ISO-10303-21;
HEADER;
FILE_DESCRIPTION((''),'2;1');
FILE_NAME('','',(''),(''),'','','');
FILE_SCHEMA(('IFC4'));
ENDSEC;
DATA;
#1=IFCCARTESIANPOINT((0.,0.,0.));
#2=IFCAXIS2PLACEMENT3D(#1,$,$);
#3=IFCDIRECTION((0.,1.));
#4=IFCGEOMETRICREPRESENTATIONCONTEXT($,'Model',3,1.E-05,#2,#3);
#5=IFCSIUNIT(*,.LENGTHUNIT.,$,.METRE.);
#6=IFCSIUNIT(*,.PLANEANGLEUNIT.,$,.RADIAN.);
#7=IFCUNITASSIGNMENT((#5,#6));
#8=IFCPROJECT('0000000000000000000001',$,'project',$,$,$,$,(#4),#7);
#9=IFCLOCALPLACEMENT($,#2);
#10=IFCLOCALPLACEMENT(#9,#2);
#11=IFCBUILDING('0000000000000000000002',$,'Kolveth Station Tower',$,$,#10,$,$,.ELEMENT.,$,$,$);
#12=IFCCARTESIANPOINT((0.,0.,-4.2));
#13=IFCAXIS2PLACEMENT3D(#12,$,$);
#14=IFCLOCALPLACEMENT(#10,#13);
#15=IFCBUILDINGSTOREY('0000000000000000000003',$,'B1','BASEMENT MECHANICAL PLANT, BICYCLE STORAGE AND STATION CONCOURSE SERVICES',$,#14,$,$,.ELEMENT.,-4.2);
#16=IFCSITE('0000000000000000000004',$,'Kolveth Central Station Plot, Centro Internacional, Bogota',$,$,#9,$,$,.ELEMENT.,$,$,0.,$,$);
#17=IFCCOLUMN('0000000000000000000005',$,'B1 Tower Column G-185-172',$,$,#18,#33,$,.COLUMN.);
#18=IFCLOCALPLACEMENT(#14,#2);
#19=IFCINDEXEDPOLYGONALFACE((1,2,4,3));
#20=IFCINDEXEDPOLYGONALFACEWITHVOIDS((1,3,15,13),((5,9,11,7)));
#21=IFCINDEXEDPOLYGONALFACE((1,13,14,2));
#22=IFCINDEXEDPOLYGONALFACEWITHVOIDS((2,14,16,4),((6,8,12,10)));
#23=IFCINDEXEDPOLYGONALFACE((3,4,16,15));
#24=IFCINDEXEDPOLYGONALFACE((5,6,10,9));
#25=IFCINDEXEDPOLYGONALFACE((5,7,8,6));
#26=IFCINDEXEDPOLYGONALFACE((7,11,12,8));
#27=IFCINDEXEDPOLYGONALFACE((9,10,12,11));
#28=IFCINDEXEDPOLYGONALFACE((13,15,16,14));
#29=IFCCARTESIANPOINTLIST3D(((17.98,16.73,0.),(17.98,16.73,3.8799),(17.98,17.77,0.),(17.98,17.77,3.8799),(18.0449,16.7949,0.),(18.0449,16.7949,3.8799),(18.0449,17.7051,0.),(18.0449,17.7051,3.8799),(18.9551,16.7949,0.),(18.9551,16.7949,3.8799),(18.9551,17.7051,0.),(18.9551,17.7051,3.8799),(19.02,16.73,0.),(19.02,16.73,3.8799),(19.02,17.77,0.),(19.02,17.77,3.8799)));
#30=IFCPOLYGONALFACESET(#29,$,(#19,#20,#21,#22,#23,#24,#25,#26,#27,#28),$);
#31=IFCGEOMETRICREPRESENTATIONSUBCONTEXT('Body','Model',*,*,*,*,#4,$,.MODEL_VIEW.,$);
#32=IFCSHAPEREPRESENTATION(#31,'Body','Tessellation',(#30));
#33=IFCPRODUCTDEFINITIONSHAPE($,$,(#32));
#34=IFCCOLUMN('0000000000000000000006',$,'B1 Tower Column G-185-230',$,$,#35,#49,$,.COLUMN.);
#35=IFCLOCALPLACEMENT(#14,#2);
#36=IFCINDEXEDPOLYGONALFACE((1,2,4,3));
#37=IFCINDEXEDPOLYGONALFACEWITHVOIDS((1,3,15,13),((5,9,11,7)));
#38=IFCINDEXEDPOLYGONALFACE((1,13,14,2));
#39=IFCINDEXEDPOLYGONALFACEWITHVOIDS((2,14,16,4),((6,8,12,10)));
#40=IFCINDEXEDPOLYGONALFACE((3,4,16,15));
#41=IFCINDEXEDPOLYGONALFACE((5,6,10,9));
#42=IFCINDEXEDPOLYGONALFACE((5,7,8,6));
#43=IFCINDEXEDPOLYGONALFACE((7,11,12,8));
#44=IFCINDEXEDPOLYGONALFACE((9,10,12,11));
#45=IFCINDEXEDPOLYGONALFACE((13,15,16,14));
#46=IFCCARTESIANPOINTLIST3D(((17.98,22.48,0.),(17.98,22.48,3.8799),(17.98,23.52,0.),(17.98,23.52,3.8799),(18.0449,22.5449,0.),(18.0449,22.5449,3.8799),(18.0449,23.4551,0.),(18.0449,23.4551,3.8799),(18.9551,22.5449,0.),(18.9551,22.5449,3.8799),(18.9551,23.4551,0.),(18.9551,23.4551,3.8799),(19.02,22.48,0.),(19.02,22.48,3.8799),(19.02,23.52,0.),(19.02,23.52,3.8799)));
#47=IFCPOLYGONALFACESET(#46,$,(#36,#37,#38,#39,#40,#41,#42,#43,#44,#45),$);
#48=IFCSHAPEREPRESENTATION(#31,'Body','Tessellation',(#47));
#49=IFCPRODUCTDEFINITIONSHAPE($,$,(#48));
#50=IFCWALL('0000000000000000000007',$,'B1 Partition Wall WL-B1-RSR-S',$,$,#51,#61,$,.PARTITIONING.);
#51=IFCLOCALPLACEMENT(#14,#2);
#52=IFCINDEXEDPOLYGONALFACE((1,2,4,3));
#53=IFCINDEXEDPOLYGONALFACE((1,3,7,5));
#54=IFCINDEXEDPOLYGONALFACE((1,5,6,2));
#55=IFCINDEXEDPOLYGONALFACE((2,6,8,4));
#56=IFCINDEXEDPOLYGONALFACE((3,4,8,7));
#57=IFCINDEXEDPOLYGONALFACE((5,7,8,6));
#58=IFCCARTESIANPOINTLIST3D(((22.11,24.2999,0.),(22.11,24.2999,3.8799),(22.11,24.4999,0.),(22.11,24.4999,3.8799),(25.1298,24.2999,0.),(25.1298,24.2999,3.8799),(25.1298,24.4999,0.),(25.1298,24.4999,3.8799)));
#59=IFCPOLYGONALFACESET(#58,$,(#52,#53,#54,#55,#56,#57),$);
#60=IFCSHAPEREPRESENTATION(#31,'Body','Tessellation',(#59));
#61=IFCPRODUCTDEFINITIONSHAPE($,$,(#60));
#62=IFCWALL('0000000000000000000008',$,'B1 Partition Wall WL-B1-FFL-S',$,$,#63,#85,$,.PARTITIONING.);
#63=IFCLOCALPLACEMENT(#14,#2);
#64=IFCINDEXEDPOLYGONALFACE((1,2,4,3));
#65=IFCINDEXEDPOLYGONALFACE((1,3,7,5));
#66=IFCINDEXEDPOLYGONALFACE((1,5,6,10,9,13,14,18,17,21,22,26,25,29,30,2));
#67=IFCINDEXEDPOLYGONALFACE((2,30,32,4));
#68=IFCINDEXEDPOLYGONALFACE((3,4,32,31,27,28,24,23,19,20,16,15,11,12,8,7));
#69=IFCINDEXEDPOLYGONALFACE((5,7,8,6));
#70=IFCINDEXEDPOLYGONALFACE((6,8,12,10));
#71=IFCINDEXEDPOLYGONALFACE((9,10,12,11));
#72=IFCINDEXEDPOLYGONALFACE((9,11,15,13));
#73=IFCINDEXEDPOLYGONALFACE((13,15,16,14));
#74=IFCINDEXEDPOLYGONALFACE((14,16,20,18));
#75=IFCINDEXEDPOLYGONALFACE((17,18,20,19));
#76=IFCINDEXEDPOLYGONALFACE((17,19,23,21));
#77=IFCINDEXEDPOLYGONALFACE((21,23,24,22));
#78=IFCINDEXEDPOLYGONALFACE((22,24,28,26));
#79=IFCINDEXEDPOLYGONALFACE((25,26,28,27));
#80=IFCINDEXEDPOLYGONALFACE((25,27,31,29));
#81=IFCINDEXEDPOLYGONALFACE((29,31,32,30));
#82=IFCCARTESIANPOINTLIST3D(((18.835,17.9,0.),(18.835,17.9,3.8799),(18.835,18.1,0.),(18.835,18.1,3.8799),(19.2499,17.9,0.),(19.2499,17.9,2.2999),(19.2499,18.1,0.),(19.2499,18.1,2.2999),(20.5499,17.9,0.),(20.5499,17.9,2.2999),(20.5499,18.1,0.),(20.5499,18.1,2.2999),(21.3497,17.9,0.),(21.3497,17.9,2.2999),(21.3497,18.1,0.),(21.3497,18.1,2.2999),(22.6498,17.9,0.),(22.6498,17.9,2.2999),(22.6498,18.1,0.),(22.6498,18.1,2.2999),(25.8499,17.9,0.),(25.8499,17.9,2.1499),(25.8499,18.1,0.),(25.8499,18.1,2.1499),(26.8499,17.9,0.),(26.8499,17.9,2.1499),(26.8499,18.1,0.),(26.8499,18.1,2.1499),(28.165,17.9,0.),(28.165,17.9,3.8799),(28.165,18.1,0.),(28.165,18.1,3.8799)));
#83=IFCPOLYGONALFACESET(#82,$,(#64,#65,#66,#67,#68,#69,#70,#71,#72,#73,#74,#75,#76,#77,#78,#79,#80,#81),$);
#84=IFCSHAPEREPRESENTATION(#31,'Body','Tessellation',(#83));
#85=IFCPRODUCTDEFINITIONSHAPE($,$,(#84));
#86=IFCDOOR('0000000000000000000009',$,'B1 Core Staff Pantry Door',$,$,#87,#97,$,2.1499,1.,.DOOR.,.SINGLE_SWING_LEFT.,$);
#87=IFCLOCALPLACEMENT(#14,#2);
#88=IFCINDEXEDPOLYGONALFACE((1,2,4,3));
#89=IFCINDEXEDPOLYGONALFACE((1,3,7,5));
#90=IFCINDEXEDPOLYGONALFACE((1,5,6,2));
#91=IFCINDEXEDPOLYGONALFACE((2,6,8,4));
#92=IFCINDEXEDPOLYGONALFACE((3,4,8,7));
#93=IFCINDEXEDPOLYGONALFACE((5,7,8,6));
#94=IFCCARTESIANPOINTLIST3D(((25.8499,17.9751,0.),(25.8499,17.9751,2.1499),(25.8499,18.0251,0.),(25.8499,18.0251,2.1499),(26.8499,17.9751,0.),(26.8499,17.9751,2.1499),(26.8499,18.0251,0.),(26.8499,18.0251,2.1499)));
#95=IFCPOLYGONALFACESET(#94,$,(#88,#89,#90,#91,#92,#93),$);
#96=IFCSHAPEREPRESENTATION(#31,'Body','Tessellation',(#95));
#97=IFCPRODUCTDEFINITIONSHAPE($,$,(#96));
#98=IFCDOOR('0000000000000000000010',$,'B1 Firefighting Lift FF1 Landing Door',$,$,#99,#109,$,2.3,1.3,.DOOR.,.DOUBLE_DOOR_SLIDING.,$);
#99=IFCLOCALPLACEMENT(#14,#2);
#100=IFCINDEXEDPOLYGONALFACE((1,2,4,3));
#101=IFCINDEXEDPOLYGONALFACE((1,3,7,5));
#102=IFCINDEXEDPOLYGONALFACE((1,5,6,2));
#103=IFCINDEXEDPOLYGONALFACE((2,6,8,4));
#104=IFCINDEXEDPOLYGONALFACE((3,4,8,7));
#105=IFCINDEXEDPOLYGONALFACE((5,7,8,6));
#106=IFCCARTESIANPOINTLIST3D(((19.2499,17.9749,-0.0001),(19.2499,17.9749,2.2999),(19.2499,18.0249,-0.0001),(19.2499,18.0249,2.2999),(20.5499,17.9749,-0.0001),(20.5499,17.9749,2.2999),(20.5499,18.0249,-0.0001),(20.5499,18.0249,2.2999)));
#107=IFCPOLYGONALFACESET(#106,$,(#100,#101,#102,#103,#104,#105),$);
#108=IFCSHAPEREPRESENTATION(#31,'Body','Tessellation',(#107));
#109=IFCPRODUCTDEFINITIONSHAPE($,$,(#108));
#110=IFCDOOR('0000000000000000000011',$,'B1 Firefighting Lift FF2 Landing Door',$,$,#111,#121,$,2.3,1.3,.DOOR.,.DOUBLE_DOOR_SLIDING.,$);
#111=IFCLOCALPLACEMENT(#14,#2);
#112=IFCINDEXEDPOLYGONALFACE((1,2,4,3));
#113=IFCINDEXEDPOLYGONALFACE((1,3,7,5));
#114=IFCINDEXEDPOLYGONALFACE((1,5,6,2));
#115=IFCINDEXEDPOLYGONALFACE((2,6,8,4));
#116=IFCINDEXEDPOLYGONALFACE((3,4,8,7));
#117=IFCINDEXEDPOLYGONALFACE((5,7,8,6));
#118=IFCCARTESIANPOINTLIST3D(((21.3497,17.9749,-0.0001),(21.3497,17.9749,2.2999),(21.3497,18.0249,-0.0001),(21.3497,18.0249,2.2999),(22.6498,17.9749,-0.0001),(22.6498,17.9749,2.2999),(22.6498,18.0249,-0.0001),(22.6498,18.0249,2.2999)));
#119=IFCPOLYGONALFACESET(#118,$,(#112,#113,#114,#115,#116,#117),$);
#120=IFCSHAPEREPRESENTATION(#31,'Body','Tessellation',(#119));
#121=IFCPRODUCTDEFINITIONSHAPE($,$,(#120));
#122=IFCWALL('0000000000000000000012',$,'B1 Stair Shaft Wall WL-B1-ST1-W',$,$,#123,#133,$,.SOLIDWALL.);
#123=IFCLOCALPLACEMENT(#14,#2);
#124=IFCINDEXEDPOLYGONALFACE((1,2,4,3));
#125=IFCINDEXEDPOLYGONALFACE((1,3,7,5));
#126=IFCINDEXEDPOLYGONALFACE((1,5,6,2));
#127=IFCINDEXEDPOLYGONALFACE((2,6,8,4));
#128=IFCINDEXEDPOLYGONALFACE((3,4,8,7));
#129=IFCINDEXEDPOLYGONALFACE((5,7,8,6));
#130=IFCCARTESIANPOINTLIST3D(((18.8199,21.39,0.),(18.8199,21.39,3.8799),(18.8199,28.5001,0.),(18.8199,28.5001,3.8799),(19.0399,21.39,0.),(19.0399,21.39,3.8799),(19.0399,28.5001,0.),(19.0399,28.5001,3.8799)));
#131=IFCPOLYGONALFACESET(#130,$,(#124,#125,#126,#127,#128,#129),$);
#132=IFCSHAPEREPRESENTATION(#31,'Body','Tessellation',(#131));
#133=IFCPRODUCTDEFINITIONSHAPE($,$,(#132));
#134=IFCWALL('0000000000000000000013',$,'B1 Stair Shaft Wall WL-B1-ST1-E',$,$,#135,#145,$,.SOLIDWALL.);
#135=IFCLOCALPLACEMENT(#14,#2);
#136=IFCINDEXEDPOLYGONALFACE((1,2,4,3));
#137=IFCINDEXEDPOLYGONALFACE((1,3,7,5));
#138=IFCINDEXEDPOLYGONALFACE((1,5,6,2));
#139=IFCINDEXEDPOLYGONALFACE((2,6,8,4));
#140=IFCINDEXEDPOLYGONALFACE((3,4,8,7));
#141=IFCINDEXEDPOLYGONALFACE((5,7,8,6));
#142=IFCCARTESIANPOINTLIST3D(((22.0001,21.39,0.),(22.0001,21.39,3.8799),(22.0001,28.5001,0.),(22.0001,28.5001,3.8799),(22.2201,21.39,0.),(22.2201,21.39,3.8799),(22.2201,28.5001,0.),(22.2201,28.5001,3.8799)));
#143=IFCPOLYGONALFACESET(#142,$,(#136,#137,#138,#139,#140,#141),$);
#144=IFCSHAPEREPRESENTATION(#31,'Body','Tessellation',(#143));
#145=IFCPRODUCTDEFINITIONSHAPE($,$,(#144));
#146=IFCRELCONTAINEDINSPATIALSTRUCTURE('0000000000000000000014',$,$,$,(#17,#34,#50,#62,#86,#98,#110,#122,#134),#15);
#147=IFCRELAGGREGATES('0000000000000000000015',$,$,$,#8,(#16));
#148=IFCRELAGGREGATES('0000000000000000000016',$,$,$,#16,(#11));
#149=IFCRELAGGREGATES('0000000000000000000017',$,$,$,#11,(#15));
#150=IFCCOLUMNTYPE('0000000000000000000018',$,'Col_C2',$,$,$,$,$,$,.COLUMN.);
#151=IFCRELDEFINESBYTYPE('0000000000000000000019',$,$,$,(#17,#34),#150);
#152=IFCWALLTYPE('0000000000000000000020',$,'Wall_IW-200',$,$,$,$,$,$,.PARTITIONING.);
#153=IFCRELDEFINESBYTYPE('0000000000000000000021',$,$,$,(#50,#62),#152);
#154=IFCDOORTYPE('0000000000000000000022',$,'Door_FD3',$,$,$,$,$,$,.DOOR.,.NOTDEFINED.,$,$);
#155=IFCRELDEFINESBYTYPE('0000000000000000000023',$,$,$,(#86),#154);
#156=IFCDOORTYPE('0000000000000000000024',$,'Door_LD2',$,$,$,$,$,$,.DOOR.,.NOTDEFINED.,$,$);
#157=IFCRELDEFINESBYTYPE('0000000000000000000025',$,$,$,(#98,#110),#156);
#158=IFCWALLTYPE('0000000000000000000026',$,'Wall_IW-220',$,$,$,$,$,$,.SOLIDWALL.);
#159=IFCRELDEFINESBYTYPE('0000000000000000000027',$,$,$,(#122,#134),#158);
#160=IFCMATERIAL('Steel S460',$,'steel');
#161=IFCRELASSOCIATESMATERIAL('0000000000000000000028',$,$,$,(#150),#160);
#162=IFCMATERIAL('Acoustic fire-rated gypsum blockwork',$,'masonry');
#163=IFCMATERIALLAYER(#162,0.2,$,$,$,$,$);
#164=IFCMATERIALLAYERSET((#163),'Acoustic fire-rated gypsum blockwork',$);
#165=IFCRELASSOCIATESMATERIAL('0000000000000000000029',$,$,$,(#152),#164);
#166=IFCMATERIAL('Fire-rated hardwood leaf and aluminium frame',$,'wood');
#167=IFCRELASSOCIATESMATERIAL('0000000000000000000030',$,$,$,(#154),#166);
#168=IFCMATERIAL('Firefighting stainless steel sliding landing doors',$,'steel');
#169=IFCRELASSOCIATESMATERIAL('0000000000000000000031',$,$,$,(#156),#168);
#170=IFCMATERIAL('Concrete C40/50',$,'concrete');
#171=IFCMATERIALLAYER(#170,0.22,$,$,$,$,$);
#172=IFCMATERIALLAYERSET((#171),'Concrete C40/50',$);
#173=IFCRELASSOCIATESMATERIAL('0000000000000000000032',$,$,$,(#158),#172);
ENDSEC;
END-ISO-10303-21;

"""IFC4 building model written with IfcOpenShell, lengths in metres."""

from ifc_helpers import new_model, si_unit, direction, frame, frame_2d, origin, origin_2d, place, context, subcontext, project, spatial, rectangle, hollow_rectangle, extrude, source, transform, mapped, material, layer, layer_set, material_profile, profile_set, type_object, element, fill, save


model = new_model("IFC4")

# Units and contexts
model_context = context("Model", 3, precision=1e-05, world=origin(), true_north=direction((0.0, 1.0)))
body_context = subcontext(model_context, "Body", "Model", "MODEL_VIEW")
ifc_project = project(units=[si_unit("LENGTHUNIT", "METRE"), si_unit("PLANEANGLEUNIT", "RADIAN")], contexts=[model_context])

# Site, building, storey
site_placement = place(None, origin())
site = spatial("IfcSite", under=ifc_project, at=site_placement, Name="Kolveth Central Station Plot, Centro Internacional, Bogota", CompositionType="ELEMENT", RefElevation=0.0)
building_placement = place(site_placement, origin())
building = spatial("IfcBuilding", under=site, at=building_placement, Name="Kolveth Station Tower", CompositionType="ELEMENT")
storey_placement = place(building_placement, frame((0.0, 0.0, -4.2)))
storey = spatial("IfcBuildingStorey", under=building, at=storey_placement, Name="B1", Description="BASEMENT MECHANICAL PLANT, BICYCLE STORAGE AND STATION CONCOURSE SERVICES", CompositionType="ELEMENT", Elevation=-4.2)

# Columns
ifc_material_1 = material(Name="Steel S460", Category="steel")
ifc_material_profile = material_profile(ifc_material_1, hollow_rectangle(XDim=1.04, YDim=1.04, WallThickness=0.0649, at=origin_2d()), Name="BOX1040x1040x65")
ifc_profile_set = profile_set([ifc_material_profile], Name="Steel S460")
column_type = type_object("IfcColumnType", Name="Col_C2", PredefinedType="COLUMN", material=ifc_profile_set)
shared_shape = source(origin(), body_context, "Body", "SweptSolid", [
    extrude(hollow_rectangle(XDim=1.04, YDim=1.04, WallThickness=0.0649, at=origin_2d()), origin(), (0.0, 0.0, 1.0), 3.8799),
])
for number, where, z_axis, x_axis, name in (
    (1, (18.5, 17.25, 0.0), (0.0, 0.0, 1.0), (1.0, 0.0, 0.0), "B1 Tower Column G-185-172"),
    (2, (18.5, 23.0, 0.0), (0.0, 0.0, 1.0), (1.0, 0.0, 0.0), "B1 Tower Column G-185-230"),
):
    element("IfcColumn", number, at=place(storey_placement, frame(where, z_axis=z_axis, x_axis=x_axis)), inside=storey, type_object=column_type, Name=name, PredefinedType="COLUMN", context=body_context, shape_type="MappedRepresentation", body=[
        mapped(shared_shape, transform((0.0, 0.0, 0.0), x_axis=(1.0, 0.0, 0.0), y_axis=(0.0, 1.0, 0.0), z_axis=(0.0, 0.0, 1.0), scale=1.0)),
    ])

# Wall
ifc_material_2 = material(Name="Acoustic fire-rated gypsum blockwork", Category="masonry")
ifc_layer_1 = layer(ifc_material_2, 0.2)
ifc_layer_set_1 = layer_set([ifc_layer_1], Name="Acoustic fire-rated gypsum blockwork")
wall_type_1 = type_object("IfcWallType", Name="Wall_IW-200", PredefinedType="PARTITIONING", material=ifc_layer_set_1)
wall_1_placement = place(storey_placement, frame((22.1101, 24.3999, 0.0), z_axis=(0.0, 0.0, 1.0), x_axis=(1.0, 0.0, 0.0)))
element("IfcWall", 3, at=wall_1_placement, inside=storey, type_object=wall_type_1, Name="B1 Partition Wall WL-B1-RSR-S", PredefinedType="PARTITIONING", context=body_context, shape_type="SweptSolid", body=[
    extrude(rectangle(XDim=3.0198, YDim=0.2, at=frame_2d((1.5098, 0.0))), origin(), (0.0, 0.0, 1.0), 3.8799),
])

# Wall, openings, doors
wall_2_placement = place(storey_placement, frame((18.835, 18.0, 0.0), z_axis=(0.0, 0.0, 1.0), x_axis=(1.0, 0.0, 0.0)))
wall_2 = element("IfcWall", 4, at=wall_2_placement, inside=storey, type_object=wall_type_1, Name="B1 Partition Wall WL-B1-FFL-S", PredefinedType="PARTITIONING", context=body_context, shape_type="SweptSolid", body=[
    extrude(rectangle(XDim=9.3301, YDim=0.2, at=frame_2d((4.665, 0.0))), origin(), (0.0, 0.0, 1.0), 3.8799),
])
opening_1_placement = place(wall_2_placement, frame((0.415, 0.0, 0.0)))
opening_1 = element("IfcOpeningElement", 5, at=opening_1_placement, cuts=wall_2, PredefinedType="OPENING", context=body_context, shape_type="SweptSolid", body=[
    extrude(rectangle(XDim=1.3, YDim=2.3, at=frame_2d((0.6499, 1.1499))), frame((0.0, 0.1099, 0.0), z_axis=(0.0, -1.0, 0.0), x_axis=(1.0, 0.0, 0.0)), (0.0, 0.0, 1.0), 0.22),
])
opening_2_placement = place(wall_2_placement, frame((2.5149, 0.0, 0.0)))
opening_2 = element("IfcOpeningElement", 6, at=opening_2_placement, cuts=wall_2, PredefinedType="OPENING", context=body_context, shape_type="SweptSolid", body=[
    extrude(rectangle(XDim=1.3, YDim=2.3, at=frame_2d((0.6499, 1.1499))), frame((0.0, 0.1099, 0.0), z_axis=(0.0, -1.0, 0.0), x_axis=(1.0, 0.0, 0.0)), (0.0, 0.0, 1.0), 0.22),
])
opening_3_placement = place(wall_2_placement, frame((7.0149, 0.0, 0.0)))
opening_3 = element("IfcOpeningElement", 7, at=opening_3_placement, cuts=wall_2, PredefinedType="OPENING", context=body_context, shape_type="SweptSolid", body=[
    extrude(rectangle(XDim=1.0, YDim=2.1499, at=frame_2d((0.5, 1.075))), frame((0.0, 0.1099, 0.0), z_axis=(0.0, -1.0, 0.0), x_axis=(1.0, 0.0, 0.0)), (0.0, 0.0, 1.0), 0.22),
])
ifc_material_3 = material(Name="Fire-rated hardwood leaf and aluminium frame", Category="wood")
door_type_1 = type_object("IfcDoorType", Name="Door_FD3", OperationType="NOTDEFINED", PredefinedType="DOOR", material=ifc_material_3)
door_1_placement = place(opening_3_placement, frame((1.0, 0.0, 0.0), z_axis=(0.0, 0.0, 1.0), x_axis=(-1.0, 0.0, 0.0)))
door_1 = element("IfcDoor", 8, at=door_1_placement, inside=storey, type_object=door_type_1, Name="B1 Core Staff Pantry Door", OperationType="SINGLE_SWING_LEFT", OverallHeight=2.1499, OverallWidth=1.0, PredefinedType="DOOR", context=body_context, shape_type="SweptSolid", body=[
    extrude(rectangle(XDim=1.0, YDim=2.1499, at=frame_2d((0.5, 1.075))), frame((0.0, 0.0249, 0.0), z_axis=(0.0, -1.0, 0.0), x_axis=(1.0, 0.0, 0.0)), (0.0, 0.0, 1.0), 0.05),
])
fill(opening_3, door_1)
ifc_material_4 = material(Name="Firefighting stainless steel sliding landing doors", Category="steel")
door_type_2 = type_object("IfcDoorType", Name="Door_LD2", OperationType="NOTDEFINED", PredefinedType="DOOR", material=ifc_material_4)
door_2_placement = place(opening_1_placement, origin())
door_2 = element("IfcDoor", 9, at=door_2_placement, inside=storey, type_object=door_type_2, Name="B1 Firefighting Lift FF1 Landing Door", OperationType="DOUBLE_DOOR_SLIDING", OverallHeight=2.3, OverallWidth=1.3, PredefinedType="DOOR", context=body_context, shape_type="SweptSolid", body=[
    extrude(rectangle(XDim=1.3, YDim=2.3, at=frame_2d((0.6499, 1.1499))), frame((0.0, 0.0249, 0.0), z_axis=(0.0, -1.0, 0.0), x_axis=(1.0, 0.0, 0.0)), (0.0, 0.0, 1.0), 0.05),
])
fill(opening_1, door_2)
door_3_placement = place(opening_2_placement, origin())
door_3 = element("IfcDoor", 10, at=door_3_placement, inside=storey, type_object=door_type_2, Name="B1 Firefighting Lift FF2 Landing Door", OperationType="DOUBLE_DOOR_SLIDING", OverallHeight=2.3, OverallWidth=1.3, PredefinedType="DOOR", context=body_context, shape_type="SweptSolid", body=[
    extrude(rectangle(XDim=1.3, YDim=2.3, at=frame_2d((0.6499, 1.1499))), frame((0.0, 0.0249, 0.0), z_axis=(0.0, -1.0, 0.0), x_axis=(1.0, 0.0, 0.0)), (0.0, 0.0, 1.0), 0.05),
])
fill(opening_2, door_3)

# Walls
ifc_material_5 = material(Name="Concrete C40/50", Category="concrete")
ifc_layer_2 = layer(ifc_material_5, 0.22)
ifc_layer_set_2 = layer_set([ifc_layer_2], Name="Concrete C40/50")
wall_type_2 = type_object("IfcWallType", Name="Wall_IW-220", PredefinedType="SOLIDWALL", material=ifc_layer_set_2)
for number, where, z_axis, x_axis, name in (
    (11, (18.9299, 21.3899, 0.0), (0.0, 0.0, 1.0), (0.0, 1.0, 0.0), "B1 Stair Shaft Wall WL-B1-ST1-W"),
    (12, (22.1101, 21.3899, 0.0), (0.0, 0.0, 1.0), (0.0, 1.0, 0.0), "B1 Stair Shaft Wall WL-B1-ST1-E"),
):
    element("IfcWall", number, at=place(storey_placement, frame(where, z_axis=z_axis, x_axis=x_axis)), inside=storey, type_object=wall_type_2, Name=name, PredefinedType="SOLIDWALL", context=body_context, shape_type="SweptSolid", body=[
        extrude(rectangle(XDim=7.1101, YDim=0.22, at=frame_2d((3.5552, 0.0))), origin(), (0.0, 0.0, 1.0), 3.8799),
    ])

save(model, "model.ifc")
